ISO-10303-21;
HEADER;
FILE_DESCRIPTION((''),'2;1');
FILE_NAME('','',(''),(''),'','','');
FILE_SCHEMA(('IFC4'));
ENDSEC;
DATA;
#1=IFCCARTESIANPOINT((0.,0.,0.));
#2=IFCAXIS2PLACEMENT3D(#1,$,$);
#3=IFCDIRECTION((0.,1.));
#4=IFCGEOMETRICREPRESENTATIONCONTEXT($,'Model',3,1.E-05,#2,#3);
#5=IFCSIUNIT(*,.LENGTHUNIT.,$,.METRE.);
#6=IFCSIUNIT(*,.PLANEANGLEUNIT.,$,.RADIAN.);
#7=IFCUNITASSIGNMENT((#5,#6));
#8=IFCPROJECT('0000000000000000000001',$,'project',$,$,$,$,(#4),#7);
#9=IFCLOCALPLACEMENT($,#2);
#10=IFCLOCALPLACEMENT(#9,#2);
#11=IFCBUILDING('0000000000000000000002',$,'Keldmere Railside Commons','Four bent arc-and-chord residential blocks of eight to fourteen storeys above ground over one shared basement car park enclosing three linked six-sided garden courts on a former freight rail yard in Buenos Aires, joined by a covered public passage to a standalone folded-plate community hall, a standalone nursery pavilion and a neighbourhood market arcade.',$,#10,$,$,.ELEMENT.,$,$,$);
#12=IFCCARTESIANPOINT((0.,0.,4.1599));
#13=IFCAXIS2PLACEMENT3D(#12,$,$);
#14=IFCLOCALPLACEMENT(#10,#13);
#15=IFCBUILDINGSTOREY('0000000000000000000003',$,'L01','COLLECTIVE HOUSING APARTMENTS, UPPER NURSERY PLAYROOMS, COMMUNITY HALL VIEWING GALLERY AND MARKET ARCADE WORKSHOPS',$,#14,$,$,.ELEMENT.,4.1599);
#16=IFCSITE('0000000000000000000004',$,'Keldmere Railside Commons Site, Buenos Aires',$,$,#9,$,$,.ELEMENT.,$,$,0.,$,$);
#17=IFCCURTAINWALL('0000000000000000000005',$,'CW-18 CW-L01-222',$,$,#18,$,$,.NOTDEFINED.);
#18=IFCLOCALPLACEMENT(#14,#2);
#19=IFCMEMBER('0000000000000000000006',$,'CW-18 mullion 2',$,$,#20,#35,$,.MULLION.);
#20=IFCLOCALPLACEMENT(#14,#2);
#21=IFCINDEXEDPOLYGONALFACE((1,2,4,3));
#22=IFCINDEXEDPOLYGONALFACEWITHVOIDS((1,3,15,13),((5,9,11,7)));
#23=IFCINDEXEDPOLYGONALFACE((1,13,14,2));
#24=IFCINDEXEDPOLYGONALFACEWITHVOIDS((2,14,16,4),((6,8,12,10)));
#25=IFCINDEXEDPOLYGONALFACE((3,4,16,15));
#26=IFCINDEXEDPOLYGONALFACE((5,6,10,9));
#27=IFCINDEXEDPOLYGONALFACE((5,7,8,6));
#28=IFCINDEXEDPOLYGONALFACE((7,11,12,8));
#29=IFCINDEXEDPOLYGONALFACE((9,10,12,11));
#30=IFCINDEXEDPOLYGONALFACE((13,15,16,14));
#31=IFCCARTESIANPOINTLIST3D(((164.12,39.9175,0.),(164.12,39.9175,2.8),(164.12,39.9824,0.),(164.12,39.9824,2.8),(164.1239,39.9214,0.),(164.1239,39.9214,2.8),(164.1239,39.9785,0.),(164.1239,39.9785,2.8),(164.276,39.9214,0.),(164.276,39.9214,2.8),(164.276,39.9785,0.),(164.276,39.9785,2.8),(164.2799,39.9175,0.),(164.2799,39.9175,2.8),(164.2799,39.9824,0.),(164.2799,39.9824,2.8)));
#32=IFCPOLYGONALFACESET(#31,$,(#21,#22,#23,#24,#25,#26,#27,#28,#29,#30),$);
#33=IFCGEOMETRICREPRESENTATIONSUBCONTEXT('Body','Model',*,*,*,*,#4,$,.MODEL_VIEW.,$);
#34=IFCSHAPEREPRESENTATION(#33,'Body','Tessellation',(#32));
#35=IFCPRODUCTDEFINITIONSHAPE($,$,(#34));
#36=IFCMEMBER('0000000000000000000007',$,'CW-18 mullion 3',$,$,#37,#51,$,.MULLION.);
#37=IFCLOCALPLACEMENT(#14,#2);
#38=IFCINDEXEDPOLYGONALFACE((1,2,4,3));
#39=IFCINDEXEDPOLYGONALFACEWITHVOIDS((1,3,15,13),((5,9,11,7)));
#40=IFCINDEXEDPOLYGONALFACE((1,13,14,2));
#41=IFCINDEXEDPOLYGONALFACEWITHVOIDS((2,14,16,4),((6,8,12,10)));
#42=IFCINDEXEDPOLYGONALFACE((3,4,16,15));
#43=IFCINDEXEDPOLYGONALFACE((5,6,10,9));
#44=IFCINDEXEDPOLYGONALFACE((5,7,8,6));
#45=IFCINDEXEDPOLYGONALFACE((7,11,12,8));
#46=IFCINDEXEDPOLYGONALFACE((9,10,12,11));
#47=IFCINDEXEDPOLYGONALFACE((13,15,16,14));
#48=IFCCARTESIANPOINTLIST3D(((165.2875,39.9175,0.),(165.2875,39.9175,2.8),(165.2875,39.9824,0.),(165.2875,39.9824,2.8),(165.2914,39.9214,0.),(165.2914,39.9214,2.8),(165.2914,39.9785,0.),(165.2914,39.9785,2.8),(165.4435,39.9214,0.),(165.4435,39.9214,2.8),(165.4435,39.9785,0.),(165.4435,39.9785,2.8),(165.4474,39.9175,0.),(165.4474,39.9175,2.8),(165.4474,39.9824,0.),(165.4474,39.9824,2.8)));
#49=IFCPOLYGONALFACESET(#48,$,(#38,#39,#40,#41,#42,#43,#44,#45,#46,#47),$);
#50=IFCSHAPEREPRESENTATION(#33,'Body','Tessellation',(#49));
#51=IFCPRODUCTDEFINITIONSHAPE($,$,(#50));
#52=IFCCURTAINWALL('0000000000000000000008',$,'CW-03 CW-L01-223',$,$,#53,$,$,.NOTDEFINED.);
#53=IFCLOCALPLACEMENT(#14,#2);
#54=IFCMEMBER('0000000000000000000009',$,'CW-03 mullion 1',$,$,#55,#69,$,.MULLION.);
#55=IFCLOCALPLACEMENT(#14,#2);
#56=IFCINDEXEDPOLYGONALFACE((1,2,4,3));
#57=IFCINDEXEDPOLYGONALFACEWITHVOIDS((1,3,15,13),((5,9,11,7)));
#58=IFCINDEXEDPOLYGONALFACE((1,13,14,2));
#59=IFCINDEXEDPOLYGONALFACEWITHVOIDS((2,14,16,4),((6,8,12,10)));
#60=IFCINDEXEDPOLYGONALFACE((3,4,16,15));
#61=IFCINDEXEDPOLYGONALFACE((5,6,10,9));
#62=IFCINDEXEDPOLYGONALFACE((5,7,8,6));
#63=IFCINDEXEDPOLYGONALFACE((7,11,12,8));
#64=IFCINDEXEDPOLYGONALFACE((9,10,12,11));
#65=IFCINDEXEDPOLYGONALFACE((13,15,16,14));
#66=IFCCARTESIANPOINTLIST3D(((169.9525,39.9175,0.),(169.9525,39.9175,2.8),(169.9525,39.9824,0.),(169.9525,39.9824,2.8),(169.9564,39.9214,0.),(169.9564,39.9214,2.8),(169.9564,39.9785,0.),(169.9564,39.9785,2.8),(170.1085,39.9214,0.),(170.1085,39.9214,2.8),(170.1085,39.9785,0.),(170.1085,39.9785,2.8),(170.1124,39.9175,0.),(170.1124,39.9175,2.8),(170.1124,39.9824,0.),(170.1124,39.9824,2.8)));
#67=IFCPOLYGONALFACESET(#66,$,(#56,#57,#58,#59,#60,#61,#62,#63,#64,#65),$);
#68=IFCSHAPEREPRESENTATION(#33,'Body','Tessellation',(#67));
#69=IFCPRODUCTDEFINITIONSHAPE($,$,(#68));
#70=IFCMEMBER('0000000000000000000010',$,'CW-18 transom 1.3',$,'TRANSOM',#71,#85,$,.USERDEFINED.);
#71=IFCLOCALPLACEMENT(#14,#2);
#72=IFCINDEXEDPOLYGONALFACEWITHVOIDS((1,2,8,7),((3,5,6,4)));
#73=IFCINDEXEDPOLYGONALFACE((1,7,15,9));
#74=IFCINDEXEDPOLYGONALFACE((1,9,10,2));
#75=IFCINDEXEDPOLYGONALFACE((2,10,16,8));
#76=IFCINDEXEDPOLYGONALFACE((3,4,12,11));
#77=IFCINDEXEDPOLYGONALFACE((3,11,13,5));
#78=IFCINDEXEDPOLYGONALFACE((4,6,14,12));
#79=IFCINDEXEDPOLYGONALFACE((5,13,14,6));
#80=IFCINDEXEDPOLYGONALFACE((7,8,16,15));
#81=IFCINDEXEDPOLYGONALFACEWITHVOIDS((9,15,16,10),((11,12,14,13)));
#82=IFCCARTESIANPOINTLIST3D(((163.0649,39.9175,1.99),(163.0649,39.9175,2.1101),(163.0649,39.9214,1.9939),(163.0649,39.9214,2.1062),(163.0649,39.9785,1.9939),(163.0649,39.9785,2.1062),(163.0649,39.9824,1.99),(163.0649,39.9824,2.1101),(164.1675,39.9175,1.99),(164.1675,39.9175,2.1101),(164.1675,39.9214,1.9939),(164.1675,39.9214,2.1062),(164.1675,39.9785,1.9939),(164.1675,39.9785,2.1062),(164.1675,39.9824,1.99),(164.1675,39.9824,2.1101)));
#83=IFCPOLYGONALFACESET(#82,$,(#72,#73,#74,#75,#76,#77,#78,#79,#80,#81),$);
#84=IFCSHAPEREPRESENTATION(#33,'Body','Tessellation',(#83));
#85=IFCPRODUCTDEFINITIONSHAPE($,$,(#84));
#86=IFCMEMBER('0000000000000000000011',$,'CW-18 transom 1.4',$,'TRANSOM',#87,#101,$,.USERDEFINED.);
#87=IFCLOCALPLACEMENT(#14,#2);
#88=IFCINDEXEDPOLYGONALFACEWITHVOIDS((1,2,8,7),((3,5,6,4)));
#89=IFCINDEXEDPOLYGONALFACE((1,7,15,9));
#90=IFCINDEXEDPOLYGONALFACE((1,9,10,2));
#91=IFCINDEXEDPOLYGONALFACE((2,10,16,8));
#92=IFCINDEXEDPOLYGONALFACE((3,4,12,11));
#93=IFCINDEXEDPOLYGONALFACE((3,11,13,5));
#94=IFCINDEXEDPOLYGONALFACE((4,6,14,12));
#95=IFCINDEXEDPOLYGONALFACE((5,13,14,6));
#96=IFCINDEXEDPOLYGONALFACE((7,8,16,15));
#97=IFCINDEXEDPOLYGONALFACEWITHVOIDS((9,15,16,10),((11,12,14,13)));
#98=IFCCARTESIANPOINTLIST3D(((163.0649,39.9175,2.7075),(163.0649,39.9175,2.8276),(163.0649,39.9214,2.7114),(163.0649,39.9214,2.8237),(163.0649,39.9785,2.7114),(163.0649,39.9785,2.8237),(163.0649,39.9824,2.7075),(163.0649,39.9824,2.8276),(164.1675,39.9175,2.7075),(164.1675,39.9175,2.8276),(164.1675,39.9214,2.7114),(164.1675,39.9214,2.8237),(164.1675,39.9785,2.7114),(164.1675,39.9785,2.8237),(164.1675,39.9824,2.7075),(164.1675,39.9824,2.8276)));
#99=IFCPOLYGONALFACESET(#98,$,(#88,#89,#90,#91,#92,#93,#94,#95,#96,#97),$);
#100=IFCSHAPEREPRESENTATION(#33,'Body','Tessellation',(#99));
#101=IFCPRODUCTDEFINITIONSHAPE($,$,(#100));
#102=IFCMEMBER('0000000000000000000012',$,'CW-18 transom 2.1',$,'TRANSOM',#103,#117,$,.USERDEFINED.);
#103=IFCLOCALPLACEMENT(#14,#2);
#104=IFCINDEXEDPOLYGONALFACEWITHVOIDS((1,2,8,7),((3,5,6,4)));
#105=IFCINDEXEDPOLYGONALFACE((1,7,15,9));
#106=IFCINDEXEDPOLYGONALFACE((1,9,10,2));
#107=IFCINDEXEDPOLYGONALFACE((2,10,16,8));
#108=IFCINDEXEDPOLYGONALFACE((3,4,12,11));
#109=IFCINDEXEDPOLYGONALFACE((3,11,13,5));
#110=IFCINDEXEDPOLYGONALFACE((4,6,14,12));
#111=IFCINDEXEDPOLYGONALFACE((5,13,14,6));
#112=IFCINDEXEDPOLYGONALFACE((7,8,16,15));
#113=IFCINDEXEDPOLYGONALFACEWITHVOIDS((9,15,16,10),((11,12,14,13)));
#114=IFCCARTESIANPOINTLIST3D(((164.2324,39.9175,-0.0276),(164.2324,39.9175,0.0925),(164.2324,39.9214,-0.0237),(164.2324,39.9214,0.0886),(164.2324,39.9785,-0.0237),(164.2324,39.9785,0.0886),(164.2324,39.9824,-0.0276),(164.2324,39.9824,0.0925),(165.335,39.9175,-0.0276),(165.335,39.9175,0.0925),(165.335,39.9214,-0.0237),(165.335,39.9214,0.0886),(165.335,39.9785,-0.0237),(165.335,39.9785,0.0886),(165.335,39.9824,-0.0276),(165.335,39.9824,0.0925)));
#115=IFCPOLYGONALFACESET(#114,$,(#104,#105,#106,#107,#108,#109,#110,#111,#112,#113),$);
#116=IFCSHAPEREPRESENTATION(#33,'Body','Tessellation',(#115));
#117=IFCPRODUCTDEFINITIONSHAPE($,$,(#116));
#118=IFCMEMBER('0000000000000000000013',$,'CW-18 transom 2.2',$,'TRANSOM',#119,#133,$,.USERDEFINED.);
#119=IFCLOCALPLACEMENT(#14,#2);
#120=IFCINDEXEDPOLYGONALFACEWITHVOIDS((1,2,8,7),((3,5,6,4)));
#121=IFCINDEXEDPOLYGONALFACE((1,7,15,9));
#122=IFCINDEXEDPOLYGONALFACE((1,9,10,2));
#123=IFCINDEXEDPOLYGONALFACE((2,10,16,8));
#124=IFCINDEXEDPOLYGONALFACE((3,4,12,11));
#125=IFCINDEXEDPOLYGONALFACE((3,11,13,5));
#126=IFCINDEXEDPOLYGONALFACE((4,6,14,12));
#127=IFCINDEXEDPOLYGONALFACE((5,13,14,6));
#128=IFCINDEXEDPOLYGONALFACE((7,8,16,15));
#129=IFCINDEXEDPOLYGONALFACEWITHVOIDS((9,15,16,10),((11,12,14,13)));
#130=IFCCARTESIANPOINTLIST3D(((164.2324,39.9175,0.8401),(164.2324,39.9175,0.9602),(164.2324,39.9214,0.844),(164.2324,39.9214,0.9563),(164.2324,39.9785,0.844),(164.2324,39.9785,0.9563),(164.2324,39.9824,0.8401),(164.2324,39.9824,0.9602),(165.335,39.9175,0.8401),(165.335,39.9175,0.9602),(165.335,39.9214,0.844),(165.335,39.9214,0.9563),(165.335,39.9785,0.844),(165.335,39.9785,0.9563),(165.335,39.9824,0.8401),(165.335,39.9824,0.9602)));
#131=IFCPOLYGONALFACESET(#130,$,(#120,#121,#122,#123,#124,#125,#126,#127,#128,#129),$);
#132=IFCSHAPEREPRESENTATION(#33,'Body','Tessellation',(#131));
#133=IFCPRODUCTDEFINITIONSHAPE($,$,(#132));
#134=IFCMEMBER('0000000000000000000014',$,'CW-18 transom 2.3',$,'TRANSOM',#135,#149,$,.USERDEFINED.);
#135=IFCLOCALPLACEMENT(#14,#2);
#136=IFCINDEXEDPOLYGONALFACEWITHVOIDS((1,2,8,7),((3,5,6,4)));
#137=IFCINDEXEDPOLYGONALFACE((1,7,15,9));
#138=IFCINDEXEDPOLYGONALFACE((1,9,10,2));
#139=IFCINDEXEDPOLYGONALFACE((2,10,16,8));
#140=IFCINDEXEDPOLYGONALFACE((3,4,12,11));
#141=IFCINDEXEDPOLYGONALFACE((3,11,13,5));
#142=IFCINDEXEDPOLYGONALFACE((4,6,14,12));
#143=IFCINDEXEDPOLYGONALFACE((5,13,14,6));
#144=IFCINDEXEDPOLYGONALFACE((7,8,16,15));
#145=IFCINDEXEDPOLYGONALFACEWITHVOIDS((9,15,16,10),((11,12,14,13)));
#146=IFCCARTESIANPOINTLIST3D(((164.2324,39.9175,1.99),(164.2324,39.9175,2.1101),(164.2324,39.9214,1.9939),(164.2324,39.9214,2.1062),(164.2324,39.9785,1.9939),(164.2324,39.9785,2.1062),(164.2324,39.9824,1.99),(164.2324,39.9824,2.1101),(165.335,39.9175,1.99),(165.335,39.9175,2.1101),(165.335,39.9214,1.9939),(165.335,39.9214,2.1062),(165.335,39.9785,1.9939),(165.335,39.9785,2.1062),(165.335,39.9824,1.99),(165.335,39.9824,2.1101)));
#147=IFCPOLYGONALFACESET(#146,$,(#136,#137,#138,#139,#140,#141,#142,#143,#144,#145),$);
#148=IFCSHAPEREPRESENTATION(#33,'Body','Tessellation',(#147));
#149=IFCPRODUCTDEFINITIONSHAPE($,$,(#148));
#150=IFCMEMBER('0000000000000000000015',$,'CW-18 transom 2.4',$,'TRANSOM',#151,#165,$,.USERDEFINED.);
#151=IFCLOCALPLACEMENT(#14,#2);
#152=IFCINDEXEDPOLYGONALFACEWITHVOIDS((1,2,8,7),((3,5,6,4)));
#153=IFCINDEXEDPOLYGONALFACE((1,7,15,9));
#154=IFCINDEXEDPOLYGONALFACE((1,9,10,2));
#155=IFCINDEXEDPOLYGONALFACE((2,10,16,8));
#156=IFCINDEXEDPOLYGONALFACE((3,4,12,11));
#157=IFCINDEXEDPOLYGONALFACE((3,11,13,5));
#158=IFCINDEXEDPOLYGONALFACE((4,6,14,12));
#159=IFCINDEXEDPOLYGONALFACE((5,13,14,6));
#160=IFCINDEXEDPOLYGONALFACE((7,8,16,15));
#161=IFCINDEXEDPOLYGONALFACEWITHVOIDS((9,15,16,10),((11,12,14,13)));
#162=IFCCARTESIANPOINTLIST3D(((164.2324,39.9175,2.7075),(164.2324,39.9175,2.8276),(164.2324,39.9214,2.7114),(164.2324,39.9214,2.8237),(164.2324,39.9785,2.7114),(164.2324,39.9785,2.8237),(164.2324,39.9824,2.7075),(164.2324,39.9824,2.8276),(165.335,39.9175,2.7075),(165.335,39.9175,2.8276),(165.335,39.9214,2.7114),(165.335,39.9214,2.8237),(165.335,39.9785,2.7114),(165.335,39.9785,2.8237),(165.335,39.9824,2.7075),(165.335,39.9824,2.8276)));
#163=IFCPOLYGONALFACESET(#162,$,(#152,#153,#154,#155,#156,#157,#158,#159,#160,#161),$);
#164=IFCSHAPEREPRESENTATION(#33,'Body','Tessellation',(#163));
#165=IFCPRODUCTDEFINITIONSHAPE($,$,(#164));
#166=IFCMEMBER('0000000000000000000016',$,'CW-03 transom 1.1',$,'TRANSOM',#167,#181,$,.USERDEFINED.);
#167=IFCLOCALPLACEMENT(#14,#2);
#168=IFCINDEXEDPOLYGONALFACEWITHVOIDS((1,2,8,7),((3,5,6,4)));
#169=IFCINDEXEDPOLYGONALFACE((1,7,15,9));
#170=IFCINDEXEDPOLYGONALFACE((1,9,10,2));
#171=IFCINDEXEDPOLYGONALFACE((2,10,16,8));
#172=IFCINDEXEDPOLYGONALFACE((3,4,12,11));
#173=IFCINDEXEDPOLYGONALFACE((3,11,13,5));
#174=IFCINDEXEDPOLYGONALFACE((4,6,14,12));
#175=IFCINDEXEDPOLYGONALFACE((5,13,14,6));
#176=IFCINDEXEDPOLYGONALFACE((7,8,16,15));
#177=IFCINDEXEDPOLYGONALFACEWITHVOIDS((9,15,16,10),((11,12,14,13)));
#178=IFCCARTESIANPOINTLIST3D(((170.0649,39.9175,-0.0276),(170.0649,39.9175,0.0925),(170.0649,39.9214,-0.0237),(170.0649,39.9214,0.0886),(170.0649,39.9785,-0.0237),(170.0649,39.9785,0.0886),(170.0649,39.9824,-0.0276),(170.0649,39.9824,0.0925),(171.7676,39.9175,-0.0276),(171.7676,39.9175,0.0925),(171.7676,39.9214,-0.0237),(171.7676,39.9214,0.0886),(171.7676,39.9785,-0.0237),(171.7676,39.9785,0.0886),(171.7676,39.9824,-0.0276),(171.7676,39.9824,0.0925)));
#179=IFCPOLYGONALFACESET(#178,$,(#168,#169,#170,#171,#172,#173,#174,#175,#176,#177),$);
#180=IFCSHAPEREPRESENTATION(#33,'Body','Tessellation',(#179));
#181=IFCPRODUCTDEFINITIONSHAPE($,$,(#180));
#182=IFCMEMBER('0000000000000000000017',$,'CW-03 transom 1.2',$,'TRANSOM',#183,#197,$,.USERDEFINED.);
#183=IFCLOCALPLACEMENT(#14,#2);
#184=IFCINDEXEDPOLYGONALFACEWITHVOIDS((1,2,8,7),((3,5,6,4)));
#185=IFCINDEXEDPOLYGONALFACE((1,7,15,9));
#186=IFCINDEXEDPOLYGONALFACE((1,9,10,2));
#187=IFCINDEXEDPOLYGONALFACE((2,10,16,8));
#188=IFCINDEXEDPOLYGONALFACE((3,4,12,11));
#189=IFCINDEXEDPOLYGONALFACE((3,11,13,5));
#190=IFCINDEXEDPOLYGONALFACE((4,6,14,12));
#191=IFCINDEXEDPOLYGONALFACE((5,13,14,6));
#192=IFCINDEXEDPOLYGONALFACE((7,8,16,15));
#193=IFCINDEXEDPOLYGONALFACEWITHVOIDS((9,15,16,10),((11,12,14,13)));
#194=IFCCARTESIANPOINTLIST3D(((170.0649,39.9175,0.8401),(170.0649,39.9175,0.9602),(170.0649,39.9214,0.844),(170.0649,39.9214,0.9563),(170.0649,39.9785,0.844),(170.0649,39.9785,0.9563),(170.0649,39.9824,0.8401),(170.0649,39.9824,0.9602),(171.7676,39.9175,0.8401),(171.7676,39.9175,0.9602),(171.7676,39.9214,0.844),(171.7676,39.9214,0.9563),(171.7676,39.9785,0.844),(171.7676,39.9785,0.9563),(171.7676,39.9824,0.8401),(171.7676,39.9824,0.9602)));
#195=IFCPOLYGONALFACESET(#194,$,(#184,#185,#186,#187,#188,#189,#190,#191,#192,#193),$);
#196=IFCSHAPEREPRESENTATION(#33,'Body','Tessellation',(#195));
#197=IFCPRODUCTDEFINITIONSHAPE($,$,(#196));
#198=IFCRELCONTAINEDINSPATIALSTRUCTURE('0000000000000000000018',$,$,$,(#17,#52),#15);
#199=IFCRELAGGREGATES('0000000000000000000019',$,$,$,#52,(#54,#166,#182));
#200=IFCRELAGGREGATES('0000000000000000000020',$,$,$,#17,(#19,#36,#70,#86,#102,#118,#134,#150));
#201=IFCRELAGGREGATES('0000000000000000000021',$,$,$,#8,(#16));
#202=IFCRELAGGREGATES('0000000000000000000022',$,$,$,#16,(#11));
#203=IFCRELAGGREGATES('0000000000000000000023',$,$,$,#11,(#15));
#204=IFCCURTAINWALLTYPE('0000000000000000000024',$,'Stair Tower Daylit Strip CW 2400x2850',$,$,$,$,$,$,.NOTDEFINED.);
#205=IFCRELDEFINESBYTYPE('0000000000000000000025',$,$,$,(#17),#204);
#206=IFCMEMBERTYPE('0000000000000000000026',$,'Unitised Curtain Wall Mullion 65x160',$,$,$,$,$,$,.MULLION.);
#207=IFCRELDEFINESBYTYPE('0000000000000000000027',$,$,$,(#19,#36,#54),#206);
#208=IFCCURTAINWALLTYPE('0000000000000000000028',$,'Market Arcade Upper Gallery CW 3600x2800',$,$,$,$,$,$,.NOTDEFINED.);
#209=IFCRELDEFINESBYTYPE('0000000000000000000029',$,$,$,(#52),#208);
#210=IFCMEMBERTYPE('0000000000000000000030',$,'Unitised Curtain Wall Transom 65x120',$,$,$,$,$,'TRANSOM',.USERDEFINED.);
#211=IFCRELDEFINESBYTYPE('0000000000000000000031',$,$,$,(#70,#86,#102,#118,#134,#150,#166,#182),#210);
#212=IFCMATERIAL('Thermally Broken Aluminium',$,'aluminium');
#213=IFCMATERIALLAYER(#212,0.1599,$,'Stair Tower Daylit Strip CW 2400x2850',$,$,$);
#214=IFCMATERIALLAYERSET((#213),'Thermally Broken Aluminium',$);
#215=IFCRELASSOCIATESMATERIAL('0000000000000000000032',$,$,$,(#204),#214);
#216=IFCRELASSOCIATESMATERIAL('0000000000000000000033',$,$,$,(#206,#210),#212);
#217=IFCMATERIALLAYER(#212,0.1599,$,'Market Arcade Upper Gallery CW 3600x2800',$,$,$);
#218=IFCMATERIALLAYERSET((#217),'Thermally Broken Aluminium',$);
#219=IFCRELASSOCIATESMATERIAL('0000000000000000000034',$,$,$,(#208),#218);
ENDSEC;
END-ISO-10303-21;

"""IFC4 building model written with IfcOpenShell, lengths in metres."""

from ifc_helpers import new_model, si_unit, direction, frame, origin, origin_2d, place, context, subcontext, project, spatial, hollow_rectangle, extrude, material, layer, layer_set, material_profile, profile_set, type_object, element, aggregate, save


model = new_model("IFC4")

# Units and contexts
model_context = context("Model", 3, precision=1e-05, world=origin(), true_north=direction((0.0, 1.0)))
body_context = subcontext(model_context, "Body", "Model", "MODEL_VIEW")
ifc_project = project(units=[si_unit("LENGTHUNIT", "METRE"), si_unit("PLANEANGLEUNIT", "RADIAN")], contexts=[model_context])

# Site, building, storey
site_placement = place(None, origin())
site = spatial("IfcSite", under=ifc_project, at=site_placement, Name="Keldmere Railside Commons Site, Buenos Aires", CompositionType="ELEMENT", RefElevation=0.0)
building_placement = place(site_placement, origin())
building = spatial("IfcBuilding", under=site, at=building_placement, Name="Keldmere Railside Commons", Description="Four bent arc-and-chord residential blocks of eight to fourteen storeys above ground over one shared basement car park enclosing three linked six-sided garden courts on a former freight rail yard in Buenos Aires, joined by a covered public passage to a standalone folded-plate community hall, a standalone nursery pavilion and a neighbourhood market arcade.", CompositionType="ELEMENT")
storey_placement = place(building_placement, frame((0.0, 0.0, 4.1599)))
storey = spatial("IfcBuildingStorey", under=building, at=storey_placement, Name="L01", Description="COLLECTIVE HOUSING APARTMENTS, UPPER NURSERY PLAYROOMS, COMMUNITY HALL VIEWING GALLERY AND MARKET ARCADE WORKSHOPS", CompositionType="ELEMENT", Elevation=4.1599)

# Curtain wall, members
ifc_material_1 = material(Name="Thermally Broken Aluminium", Category="aluminium")
ifc_layer_1 = layer(ifc_material_1, 0.1599, Name="Stair Tower Daylit Strip CW 2400x2850")
ifc_layer_set_1 = layer_set([ifc_layer_1], Name="Thermally Broken Aluminium")
curtain_wall_type_1 = type_object("IfcCurtainWallType", Name="Stair Tower Daylit Strip CW 2400x2850", PredefinedType="NOTDEFINED", material=ifc_layer_set_1)
curtain_wall_1_placement = place(storey_placement, origin())
curtain_wall_1 = element("IfcCurtainWall", 1, at=curtain_wall_1_placement, inside=storey, type_object=curtain_wall_type_1, Name="CW-18 CW-L01-222", PredefinedType="NOTDEFINED")
ifc_material_profile_1 = material_profile(ifc_material_1, hollow_rectangle(XDim=0.0649, YDim=0.1599, WallThickness=0.0039, at=origin_2d()), Name="ALU-MULL-65x160")
ifc_profile_set_1 = profile_set([ifc_material_profile_1], Name="Thermally Broken Aluminium")
member_type_1 = type_object("IfcMemberType", Name="Unitised Curtain Wall Mullion 65x160", PredefinedType="MULLION", material=ifc_profile_set_1)
member_1_placement = place(storey_placement, frame((164.2, 39.95, 0.0), z_axis=(0.0, 0.0, 1.0), x_axis=(0.0, 1.0, 0.0)))
member_1 = element("IfcMember", 2, at=member_1_placement, type_object=member_type_1, Name="CW-18 mullion 2", PredefinedType="MULLION", context=body_context, shape_type="SweptSolid", body=[
    extrude(hollow_rectangle(XDim=0.0649, YDim=0.1599, WallThickness=0.0039, at=origin_2d()), origin(), (0.0, 0.0, 1.0), 2.8),
])
member_2_placement = place(storey_placement, frame((165.3674, 39.95, 0.0), z_axis=(0.0, 0.0, 1.0), x_axis=(0.0, 1.0, 0.0)))
member_2 = element("IfcMember", 3, at=member_2_placement, type_object=member_type_1, Name="CW-18 mullion 3", PredefinedType="MULLION", context=body_context, shape_type="SweptSolid", body=[
    extrude(hollow_rectangle(XDim=0.0649, YDim=0.1599, WallThickness=0.0039, at=origin_2d()), origin(), (0.0, 0.0, 1.0), 2.8),
])

# Curtain wall, member
ifc_layer_2 = layer(ifc_material_1, 0.1599, Name="Market Arcade Upper Gallery CW 3600x2800")
ifc_layer_set_2 = layer_set([ifc_layer_2], Name="Thermally Broken Aluminium")
curtain_wall_type_2 = type_object("IfcCurtainWallType", Name="Market Arcade Upper Gallery CW 3600x2800", PredefinedType="NOTDEFINED", material=ifc_layer_set_2)
curtain_wall_2_placement = place(storey_placement, origin())
curtain_wall_2 = element("IfcCurtainWall", 4, at=curtain_wall_2_placement, inside=storey, type_object=curtain_wall_type_2, Name="CW-03 CW-L01-223", PredefinedType="NOTDEFINED")
member_3_placement = place(storey_placement, frame((170.0325, 39.95, 0.0), z_axis=(0.0, 0.0, 1.0), x_axis=(0.0, 1.0, 0.0)))
member_3 = element("IfcMember", 5, at=member_3_placement, type_object=member_type_1, Name="CW-03 mullion 1", PredefinedType="MULLION", context=body_context, shape_type="SweptSolid", body=[
    extrude(hollow_rectangle(XDim=0.0649, YDim=0.1599, WallThickness=0.0039, at=origin_2d()), origin(), (0.0, 0.0, 1.0), 2.8),
])

# Members
ifc_material_profile_2 = material_profile(ifc_material_1, hollow_rectangle(XDim=0.0649, YDim=0.1201, WallThickness=0.0039, at=origin_2d()), Name="ALU-TRAN-65x120")
ifc_profile_set_2 = profile_set([ifc_material_profile_2], Name="Thermally Broken Aluminium")
member_type_2 = type_object("IfcMemberType", Name="Unitised Curtain Wall Transom 65x120", ElementType="TRANSOM", PredefinedType="USERDEFINED", material=ifc_profile_set_2)
member_4_placement = place(storey_placement, frame((163.0649, 39.95, 2.05), z_axis=(1.0, 0.0, 0.0), x_axis=(0.0, 1.0, 0.0)))
member_4 = element("IfcMember", 6, at=member_4_placement, type_object=member_type_2, Name="CW-18 transom 1.3", ObjectType="TRANSOM", PredefinedType="USERDEFINED", context=body_context, shape_type="SweptSolid", body=[
    extrude(hollow_rectangle(XDim=0.0649, YDim=0.1201, WallThickness=0.0039, at=origin_2d()), origin(), (0.0, 0.0, 1.0), 1.1025),
])
member_5_placement = place(storey_placement, frame((163.0649, 39.95, 2.7676), z_axis=(1.0, 0.0, 0.0), x_axis=(0.0, 1.0, 0.0)))
member_5 = element("IfcMember", 7, at=member_5_placement, type_object=member_type_2, Name="CW-18 transom 1.4", ObjectType="TRANSOM", PredefinedType="USERDEFINED", context=body_context, shape_type="SweptSolid", body=[
    extrude(hollow_rectangle(XDim=0.0649, YDim=0.1201, WallThickness=0.0039, at=origin_2d()), origin(), (0.0, 0.0, 1.0), 1.1025),
])
member_6_placement = place(storey_placement, frame((164.2324, 39.95, 0.0325), z_axis=(1.0, 0.0, 0.0), x_axis=(0.0, 1.0, 0.0)))
member_6 = element("IfcMember", 8, at=member_6_placement, type_object=member_type_2, Name="CW-18 transom 2.1", ObjectType="TRANSOM", PredefinedType="USERDEFINED", context=body_context, shape_type="SweptSolid", body=[
    extrude(hollow_rectangle(XDim=0.0649, YDim=0.1201, WallThickness=0.0039, at=origin_2d()), origin(), (0.0, 0.0, 1.0), 1.1025),
])
member_7_placement = place(storey_placement, frame((164.2324, 39.95, 0.9001), z_axis=(1.0, 0.0, 0.0), x_axis=(0.0, 1.0, 0.0)))
member_7 = element("IfcMember", 9, at=member_7_placement, type_object=member_type_2, Name="CW-18 transom 2.2", ObjectType="TRANSOM", PredefinedType="USERDEFINED", context=body_context, shape_type="SweptSolid", body=[
    extrude(hollow_rectangle(XDim=0.0649, YDim=0.1201, WallThickness=0.0039, at=origin_2d()), origin(), (0.0, 0.0, 1.0), 1.1025),
])
member_8_placement = place(storey_placement, frame((164.2324, 39.95, 2.05), z_axis=(1.0, 0.0, 0.0), x_axis=(0.0, 1.0, 0.0)))
member_8 = element("IfcMember", 10, at=member_8_placement, type_object=member_type_2, Name="CW-18 transom 2.3", ObjectType="TRANSOM", PredefinedType="USERDEFINED", context=body_context, shape_type="SweptSolid", body=[
    extrude(hollow_rectangle(XDim=0.0649, YDim=0.1201, WallThickness=0.0039, at=origin_2d()), origin(), (0.0, 0.0, 1.0), 1.1025),
])
member_9_placement = place(storey_placement, frame((164.2324, 39.95, 2.7676), z_axis=(1.0, 0.0, 0.0), x_axis=(0.0, 1.0, 0.0)))
member_9 = element("IfcMember", 11, at=member_9_placement, type_object=member_type_2, Name="CW-18 transom 2.4", ObjectType="TRANSOM", PredefinedType="USERDEFINED", context=body_context, shape_type="SweptSolid", body=[
    extrude(hollow_rectangle(XDim=0.0649, YDim=0.1201, WallThickness=0.0039, at=origin_2d()), origin(), (0.0, 0.0, 1.0), 1.1025),
])
member_10_placement = place(storey_placement, frame((170.0649, 39.95, 0.0325), z_axis=(1.0, 0.0, 0.0), x_axis=(0.0, 1.0, 0.0)))
member_10 = element("IfcMember", 12, at=member_10_placement, type_object=member_type_2, Name="CW-03 transom 1.1", ObjectType="TRANSOM", PredefinedType="USERDEFINED", context=body_context, shape_type="SweptSolid", body=[
    extrude(hollow_rectangle(XDim=0.0649, YDim=0.1201, WallThickness=0.0039, at=origin_2d()), origin(), (0.0, 0.0, 1.0), 1.7026),
])
member_11_placement = place(storey_placement, frame((170.0649, 39.95, 0.9001), z_axis=(1.0, 0.0, 0.0), x_axis=(0.0, 1.0, 0.0)))
member_11 = element("IfcMember", 13, at=member_11_placement, type_object=member_type_2, Name="CW-03 transom 1.2", ObjectType="TRANSOM", PredefinedType="USERDEFINED", context=body_context, shape_type="SweptSolid", body=[
    extrude(hollow_rectangle(XDim=0.0649, YDim=0.1201, WallThickness=0.0039, at=origin_2d()), origin(), (0.0, 0.0, 1.0), 1.7026),
])
aggregate(curtain_wall_2, [member_3, member_10, member_11])

aggregate(curtain_wall_1, [member_1, member_2, member_4, member_5, member_6, member_7, member_8, member_9])

save(model, "model.ifc")
